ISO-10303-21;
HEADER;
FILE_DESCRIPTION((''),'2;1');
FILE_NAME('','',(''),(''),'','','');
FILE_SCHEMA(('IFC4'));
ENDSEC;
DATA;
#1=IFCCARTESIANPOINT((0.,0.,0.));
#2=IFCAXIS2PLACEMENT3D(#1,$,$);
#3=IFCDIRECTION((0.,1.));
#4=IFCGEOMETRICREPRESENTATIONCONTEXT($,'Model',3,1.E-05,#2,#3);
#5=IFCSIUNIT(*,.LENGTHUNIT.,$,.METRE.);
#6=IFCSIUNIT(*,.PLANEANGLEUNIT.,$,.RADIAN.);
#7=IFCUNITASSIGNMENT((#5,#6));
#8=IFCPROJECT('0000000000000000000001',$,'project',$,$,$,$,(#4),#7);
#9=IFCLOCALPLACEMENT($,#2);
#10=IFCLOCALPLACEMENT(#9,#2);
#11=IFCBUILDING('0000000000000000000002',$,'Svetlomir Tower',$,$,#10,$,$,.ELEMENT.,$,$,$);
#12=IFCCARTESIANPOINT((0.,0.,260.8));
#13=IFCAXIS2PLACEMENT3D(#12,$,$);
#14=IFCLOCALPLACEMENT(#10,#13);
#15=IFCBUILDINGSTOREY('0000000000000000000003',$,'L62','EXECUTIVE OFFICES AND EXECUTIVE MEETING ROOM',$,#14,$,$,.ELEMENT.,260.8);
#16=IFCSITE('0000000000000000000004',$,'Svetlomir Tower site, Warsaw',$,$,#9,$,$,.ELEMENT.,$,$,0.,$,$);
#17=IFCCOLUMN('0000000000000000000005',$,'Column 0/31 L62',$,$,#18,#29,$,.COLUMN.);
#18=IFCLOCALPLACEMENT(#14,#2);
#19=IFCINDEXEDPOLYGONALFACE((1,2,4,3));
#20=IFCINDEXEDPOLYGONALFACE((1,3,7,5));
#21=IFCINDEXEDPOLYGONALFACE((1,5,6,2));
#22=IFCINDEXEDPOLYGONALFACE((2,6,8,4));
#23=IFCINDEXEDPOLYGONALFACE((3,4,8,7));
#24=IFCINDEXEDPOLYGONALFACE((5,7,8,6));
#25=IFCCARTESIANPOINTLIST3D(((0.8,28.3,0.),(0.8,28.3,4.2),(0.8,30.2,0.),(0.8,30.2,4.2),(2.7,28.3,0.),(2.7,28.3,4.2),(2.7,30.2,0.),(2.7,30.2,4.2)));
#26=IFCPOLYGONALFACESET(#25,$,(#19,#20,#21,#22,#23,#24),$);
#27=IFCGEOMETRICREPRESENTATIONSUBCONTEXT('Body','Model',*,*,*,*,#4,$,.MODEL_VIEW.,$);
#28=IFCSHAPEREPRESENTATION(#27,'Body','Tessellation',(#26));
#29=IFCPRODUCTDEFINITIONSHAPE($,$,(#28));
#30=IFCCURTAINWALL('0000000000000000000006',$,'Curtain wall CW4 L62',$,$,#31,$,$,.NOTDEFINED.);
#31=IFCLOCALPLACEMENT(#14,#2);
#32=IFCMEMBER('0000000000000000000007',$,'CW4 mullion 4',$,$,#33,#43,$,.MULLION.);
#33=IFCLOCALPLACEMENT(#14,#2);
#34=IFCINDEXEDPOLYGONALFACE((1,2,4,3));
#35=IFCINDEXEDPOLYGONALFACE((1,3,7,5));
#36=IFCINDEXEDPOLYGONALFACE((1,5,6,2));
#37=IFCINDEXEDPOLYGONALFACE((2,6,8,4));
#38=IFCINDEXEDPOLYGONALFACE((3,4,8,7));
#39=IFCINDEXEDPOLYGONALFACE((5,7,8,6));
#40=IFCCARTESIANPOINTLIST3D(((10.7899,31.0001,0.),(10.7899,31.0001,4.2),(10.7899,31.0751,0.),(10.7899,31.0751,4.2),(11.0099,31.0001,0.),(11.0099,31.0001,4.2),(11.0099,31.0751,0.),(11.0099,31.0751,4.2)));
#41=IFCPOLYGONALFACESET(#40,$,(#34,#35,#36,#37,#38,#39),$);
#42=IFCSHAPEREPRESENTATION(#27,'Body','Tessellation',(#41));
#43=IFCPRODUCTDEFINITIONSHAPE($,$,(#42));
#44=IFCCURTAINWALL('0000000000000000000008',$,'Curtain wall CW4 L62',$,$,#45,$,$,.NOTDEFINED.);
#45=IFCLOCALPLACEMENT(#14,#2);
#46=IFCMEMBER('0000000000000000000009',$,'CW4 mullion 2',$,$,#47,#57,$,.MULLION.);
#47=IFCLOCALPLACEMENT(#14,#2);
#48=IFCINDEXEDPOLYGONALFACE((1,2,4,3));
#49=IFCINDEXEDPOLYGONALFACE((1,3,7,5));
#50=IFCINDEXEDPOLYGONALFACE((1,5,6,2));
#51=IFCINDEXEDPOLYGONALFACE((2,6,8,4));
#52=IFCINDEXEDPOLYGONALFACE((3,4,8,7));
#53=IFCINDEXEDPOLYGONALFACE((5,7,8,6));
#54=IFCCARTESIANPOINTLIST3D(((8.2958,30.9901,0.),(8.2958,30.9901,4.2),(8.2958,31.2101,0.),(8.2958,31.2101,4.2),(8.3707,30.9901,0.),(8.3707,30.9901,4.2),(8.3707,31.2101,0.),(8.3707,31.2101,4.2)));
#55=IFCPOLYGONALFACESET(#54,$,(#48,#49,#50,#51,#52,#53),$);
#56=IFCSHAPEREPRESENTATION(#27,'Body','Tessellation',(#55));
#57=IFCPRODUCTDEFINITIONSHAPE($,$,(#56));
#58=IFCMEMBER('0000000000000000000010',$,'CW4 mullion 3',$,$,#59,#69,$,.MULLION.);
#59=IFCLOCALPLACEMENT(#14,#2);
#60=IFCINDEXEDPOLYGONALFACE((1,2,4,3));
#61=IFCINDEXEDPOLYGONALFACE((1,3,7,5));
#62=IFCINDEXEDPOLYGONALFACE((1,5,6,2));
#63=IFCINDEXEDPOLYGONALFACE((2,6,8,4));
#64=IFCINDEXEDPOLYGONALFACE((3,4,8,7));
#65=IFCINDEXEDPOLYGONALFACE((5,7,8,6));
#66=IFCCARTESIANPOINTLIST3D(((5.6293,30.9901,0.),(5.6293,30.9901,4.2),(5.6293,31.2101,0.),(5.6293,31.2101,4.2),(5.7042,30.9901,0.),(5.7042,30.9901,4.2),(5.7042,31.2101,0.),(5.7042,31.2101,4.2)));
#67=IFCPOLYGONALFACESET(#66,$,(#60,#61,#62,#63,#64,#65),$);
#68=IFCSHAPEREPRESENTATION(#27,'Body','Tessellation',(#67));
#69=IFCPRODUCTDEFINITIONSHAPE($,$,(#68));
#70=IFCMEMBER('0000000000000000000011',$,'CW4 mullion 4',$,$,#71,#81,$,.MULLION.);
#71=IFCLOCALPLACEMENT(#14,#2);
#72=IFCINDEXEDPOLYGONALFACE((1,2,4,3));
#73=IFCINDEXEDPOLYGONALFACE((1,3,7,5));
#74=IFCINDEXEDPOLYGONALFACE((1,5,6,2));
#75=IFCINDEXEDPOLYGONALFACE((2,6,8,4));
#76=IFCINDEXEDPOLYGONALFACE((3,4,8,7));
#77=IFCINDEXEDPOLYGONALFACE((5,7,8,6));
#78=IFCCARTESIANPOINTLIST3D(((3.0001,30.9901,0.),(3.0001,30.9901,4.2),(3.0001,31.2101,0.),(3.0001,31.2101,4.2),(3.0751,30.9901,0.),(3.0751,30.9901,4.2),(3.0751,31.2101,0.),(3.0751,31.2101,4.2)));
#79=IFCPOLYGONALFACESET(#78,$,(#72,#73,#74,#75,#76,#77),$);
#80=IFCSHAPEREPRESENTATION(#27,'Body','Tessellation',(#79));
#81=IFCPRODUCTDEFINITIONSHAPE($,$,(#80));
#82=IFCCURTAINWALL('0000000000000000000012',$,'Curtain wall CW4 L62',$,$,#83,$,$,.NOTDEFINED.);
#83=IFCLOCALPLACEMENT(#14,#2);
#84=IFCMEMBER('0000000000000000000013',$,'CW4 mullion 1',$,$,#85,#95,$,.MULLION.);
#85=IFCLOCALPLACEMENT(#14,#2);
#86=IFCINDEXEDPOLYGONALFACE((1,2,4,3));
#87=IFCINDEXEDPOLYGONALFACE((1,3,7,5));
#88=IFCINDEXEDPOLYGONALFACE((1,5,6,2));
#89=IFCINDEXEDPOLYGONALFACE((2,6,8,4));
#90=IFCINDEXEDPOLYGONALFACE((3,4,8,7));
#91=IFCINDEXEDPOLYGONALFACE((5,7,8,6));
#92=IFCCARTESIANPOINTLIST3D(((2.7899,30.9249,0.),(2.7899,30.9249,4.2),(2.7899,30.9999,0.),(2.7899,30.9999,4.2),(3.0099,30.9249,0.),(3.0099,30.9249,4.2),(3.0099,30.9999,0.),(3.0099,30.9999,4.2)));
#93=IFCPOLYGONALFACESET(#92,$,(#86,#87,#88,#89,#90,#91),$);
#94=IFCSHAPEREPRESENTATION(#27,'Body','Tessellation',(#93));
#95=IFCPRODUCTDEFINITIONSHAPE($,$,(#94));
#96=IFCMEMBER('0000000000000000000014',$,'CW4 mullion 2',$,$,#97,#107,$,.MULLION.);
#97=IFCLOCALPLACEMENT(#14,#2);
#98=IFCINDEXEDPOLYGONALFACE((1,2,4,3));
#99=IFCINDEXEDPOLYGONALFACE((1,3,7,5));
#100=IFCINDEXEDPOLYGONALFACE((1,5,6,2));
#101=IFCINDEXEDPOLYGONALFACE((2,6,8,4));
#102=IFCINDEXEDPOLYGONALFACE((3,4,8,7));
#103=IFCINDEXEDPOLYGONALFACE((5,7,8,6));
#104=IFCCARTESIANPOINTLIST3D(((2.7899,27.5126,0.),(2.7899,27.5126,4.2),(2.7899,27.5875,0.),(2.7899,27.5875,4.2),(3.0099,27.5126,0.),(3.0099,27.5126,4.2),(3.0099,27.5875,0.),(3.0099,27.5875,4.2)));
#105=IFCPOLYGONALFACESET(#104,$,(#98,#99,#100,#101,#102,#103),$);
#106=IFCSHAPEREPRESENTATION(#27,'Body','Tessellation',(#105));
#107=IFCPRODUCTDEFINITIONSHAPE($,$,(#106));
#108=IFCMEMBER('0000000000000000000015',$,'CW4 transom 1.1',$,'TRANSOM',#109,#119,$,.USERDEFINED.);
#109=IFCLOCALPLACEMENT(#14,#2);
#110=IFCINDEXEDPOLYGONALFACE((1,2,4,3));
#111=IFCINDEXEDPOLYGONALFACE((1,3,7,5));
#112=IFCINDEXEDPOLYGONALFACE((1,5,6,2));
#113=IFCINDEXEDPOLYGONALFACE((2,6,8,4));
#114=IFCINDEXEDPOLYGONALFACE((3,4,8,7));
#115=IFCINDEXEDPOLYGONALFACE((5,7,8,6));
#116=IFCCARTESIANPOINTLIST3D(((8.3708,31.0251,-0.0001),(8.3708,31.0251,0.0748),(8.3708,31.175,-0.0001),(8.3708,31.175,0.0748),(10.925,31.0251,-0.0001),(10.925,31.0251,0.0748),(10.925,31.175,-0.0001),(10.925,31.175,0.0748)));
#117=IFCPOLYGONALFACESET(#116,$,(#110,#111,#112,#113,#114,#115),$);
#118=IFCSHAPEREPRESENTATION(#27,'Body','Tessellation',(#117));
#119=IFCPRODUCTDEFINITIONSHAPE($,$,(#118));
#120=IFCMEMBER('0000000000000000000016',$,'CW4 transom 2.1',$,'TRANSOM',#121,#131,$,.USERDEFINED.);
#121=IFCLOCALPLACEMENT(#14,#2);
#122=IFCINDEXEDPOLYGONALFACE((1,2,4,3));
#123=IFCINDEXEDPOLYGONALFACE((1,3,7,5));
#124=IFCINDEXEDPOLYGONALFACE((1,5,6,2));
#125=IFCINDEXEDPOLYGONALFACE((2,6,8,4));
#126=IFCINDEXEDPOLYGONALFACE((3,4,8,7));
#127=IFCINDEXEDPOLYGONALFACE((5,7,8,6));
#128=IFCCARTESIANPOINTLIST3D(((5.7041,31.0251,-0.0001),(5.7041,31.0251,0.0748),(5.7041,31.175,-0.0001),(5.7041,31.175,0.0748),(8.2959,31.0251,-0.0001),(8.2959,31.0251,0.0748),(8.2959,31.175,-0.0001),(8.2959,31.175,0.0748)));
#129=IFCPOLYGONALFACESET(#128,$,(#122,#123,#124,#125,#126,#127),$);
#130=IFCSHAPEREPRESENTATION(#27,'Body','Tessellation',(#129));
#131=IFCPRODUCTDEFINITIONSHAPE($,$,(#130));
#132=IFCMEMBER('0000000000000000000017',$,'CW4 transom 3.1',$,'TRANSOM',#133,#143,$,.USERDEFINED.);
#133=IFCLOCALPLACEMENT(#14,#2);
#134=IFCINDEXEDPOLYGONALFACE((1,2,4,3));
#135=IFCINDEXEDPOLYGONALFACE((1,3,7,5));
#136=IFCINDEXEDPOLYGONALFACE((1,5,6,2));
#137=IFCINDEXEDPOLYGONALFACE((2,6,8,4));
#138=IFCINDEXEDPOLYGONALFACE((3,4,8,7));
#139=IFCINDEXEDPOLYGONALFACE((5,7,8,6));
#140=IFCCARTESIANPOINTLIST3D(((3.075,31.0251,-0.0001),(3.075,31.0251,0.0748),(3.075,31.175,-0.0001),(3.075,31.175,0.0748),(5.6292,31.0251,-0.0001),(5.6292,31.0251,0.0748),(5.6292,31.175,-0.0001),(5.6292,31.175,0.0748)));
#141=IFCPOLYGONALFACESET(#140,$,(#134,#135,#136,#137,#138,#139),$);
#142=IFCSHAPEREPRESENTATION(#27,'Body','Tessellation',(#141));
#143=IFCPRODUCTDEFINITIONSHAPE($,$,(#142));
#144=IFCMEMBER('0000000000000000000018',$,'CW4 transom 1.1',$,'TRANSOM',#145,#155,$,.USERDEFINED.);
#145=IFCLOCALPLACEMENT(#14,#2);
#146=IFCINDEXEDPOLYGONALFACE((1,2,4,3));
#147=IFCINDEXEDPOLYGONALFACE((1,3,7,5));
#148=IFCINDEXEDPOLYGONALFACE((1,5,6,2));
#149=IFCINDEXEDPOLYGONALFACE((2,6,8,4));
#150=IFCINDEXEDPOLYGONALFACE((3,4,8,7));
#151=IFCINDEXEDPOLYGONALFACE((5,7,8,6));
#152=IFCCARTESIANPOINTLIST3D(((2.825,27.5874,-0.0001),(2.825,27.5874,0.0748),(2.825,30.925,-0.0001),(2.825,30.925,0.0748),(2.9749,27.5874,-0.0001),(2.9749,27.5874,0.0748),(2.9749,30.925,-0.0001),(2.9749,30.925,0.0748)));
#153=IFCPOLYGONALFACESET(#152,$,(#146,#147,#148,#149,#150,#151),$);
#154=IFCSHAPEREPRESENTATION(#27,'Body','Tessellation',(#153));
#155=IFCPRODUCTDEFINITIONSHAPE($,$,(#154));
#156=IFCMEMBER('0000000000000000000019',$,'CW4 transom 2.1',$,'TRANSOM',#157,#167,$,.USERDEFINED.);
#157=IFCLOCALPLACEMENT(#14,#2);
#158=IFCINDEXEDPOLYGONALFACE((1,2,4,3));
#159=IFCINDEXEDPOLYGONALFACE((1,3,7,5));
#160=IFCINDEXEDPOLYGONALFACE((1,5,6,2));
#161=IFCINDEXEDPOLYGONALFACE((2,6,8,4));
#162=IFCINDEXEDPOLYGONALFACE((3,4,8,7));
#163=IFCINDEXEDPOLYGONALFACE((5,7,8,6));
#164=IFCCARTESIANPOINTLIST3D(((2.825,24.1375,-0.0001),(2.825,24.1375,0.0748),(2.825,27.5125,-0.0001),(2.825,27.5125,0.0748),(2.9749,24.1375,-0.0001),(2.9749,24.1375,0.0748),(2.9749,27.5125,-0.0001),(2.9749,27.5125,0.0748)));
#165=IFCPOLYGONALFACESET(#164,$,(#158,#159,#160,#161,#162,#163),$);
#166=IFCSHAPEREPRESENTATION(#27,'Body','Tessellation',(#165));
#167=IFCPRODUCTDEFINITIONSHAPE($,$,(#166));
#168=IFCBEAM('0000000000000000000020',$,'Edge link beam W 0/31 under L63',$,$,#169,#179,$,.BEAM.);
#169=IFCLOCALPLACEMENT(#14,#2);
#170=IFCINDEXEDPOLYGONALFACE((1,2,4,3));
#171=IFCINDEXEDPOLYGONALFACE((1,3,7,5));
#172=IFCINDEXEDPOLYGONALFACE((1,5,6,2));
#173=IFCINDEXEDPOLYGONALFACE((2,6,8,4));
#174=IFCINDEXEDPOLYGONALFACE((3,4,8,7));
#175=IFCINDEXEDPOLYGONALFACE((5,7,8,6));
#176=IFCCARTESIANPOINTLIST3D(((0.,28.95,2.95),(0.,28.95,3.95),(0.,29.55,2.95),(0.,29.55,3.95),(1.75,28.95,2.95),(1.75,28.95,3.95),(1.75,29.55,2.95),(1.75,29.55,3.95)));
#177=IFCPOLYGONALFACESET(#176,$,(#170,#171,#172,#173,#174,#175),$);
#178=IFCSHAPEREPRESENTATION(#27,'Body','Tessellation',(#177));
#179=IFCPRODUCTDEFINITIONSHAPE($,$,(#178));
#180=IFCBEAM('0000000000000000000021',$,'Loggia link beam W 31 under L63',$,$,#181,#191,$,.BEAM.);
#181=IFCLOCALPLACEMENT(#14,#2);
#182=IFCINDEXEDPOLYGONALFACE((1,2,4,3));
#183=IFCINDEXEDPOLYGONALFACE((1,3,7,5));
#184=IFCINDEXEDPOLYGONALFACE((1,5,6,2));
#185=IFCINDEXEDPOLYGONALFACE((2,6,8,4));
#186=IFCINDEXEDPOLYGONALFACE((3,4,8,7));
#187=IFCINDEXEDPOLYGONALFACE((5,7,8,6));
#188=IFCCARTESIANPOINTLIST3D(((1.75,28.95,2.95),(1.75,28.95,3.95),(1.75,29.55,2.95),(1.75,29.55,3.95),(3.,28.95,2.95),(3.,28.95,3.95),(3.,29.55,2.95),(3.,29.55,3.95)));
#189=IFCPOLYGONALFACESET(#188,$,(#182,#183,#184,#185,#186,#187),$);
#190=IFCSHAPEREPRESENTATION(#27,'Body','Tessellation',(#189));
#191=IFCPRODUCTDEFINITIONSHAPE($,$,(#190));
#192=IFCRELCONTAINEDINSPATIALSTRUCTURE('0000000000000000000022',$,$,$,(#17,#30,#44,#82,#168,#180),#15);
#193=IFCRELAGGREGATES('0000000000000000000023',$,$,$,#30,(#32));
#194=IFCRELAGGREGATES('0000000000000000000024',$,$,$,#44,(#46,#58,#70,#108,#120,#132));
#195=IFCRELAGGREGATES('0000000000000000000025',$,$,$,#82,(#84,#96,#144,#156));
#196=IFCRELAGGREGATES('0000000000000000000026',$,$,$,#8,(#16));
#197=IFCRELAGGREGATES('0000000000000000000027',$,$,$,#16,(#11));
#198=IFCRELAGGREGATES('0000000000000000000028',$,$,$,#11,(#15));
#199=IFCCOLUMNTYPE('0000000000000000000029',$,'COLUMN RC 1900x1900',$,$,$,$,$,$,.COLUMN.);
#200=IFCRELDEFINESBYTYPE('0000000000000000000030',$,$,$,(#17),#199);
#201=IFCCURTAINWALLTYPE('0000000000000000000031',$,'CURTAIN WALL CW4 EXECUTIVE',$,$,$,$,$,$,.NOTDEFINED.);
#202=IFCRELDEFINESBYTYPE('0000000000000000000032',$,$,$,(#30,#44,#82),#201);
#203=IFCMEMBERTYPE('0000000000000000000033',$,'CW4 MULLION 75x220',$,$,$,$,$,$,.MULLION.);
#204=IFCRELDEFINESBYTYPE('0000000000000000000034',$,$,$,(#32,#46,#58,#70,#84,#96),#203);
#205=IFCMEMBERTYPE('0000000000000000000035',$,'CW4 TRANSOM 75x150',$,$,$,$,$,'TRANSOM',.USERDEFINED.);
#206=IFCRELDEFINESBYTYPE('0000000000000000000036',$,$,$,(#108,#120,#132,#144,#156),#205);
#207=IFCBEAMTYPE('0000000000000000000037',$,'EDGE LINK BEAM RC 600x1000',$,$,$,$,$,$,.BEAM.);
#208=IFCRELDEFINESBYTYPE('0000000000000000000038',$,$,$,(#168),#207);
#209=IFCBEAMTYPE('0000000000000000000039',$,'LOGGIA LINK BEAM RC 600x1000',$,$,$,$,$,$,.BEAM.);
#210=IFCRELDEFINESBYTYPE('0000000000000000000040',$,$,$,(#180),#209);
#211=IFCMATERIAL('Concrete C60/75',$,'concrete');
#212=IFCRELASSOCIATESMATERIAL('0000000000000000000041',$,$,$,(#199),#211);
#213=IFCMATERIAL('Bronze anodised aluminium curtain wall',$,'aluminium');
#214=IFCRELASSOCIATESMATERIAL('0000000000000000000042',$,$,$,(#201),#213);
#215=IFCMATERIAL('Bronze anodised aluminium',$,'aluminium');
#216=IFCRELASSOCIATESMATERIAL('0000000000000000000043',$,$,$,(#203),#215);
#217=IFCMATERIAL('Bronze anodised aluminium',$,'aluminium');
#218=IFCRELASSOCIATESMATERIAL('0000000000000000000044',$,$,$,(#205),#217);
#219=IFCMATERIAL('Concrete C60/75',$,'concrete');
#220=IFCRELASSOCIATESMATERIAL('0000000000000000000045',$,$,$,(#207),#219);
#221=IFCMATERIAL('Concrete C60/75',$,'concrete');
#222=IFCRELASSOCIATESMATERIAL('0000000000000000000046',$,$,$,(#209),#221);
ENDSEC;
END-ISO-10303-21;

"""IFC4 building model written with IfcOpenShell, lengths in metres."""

from ifc_helpers import new_model, si_unit, direction, frame, origin, origin_2d, place, context, subcontext, project, spatial, rectangle, extrude, material, material_profile, profile_set, type_object, element, aggregate, save


model = new_model("IFC4")

# Units and contexts
model_context = context("Model", 3, precision=1e-05, world=origin(), true_north=direction((0.0, 1.0)))
body_context = subcontext(model_context, "Body", "Model", "MODEL_VIEW")
ifc_project = project(units=[si_unit("LENGTHUNIT", "METRE"), si_unit("PLANEANGLEUNIT", "RADIAN")], contexts=[model_context])

# Site, building, storey
site_placement = place(None, origin())
site = spatial("IfcSite", under=ifc_project, at=site_placement, Name="Svetlomir Tower site, Warsaw", CompositionType="ELEMENT", RefElevation=0.0)
building_placement = place(site_placement, origin())
building = spatial("IfcBuilding", under=site, at=building_placement, Name="Svetlomir Tower", CompositionType="ELEMENT")
storey_placement = place(building_placement, frame((0.0, 0.0, 260.8)))
storey = spatial("IfcBuildingStorey", under=building, at=storey_placement, Name="L62", Description="EXECUTIVE OFFICES AND EXECUTIVE MEETING ROOM", CompositionType="ELEMENT", Elevation=260.8)

# Column
ifc_material_1 = material(Name="Concrete C60/75", Category="concrete")
ifc_material_profile_1 = material_profile(ifc_material_1, rectangle(XDim=1.8999, YDim=1.8999, at=origin_2d()), Name="RC 1900x1900")
ifc_profile_set_1 = profile_set([ifc_material_profile_1], Name="Concrete C60/75")
column_type = type_object("IfcColumnType", Name="COLUMN RC 1900x1900", PredefinedType="COLUMN", material=ifc_profile_set_1)
column_placement = place(storey_placement, frame((1.75, 29.25, 0.0), z_axis=(0.0, 0.0, 1.0), x_axis=(1.0, 0.0, 0.0)))
element("IfcColumn", 1, at=column_placement, inside=storey, type_object=column_type, Name="Column 0/31 L62", PredefinedType="COLUMN", context=body_context, shape_type="SweptSolid", body=[
    extrude(rectangle(XDim=1.8999, YDim=1.8999, at=origin_2d()), origin(), (0.0, 0.0, 1.0), 4.2),
])

# Curtain wall, member
ifc_material_2 = material(Name="Bronze anodised aluminium curtain wall", Category="aluminium")
curtain_wall_type = type_object("IfcCurtainWallType", Name="CURTAIN WALL CW4 EXECUTIVE", PredefinedType="NOTDEFINED", material=ifc_material_2)
curtain_wall_1_placement = place(storey_placement, origin())
curtain_wall_1 = element("IfcCurtainWall", 2, at=curtain_wall_1_placement, inside=storey, type_object=curtain_wall_type, Name="Curtain wall CW4 L62", PredefinedType="NOTDEFINED")
ifc_material_3 = material(Name="Bronze anodised aluminium", Category="aluminium")
ifc_material_profile_2 = material_profile(ifc_material_3, rectangle(XDim=0.075, YDim=0.22, at=origin_2d()), Name="AL 75x220")
ifc_profile_set_2 = profile_set([ifc_material_profile_2], Name="Bronze anodised aluminium 6063-T6")
member_type_1 = type_object("IfcMemberType", Name="CW4 MULLION 75x220", PredefinedType="MULLION", material=ifc_profile_set_2)
member_1_placement = place(storey_placement, frame((10.8999, 31.0376, 0.0), z_axis=(0.0, 0.0, 1.0), x_axis=(0.0, -1.0, 0.0)))
member_1 = element("IfcMember", 3, at=member_1_placement, type_object=member_type_1, Name="CW4 mullion 4", PredefinedType="MULLION", context=body_context, shape_type="SweptSolid", body=[
    extrude(rectangle(XDim=0.075, YDim=0.22, at=origin_2d()), origin(), (0.0, 0.0, 1.0), 4.2),
])
aggregate(curtain_wall_1, [member_1])

# Curtain walls, members
curtain_wall_2_placement = place(storey_placement, origin())
curtain_wall_2 = element("IfcCurtainWall", 4, at=curtain_wall_2_placement, inside=storey, type_object=curtain_wall_type, Name="Curtain wall CW4 L62", PredefinedType="NOTDEFINED")
member_2_placement = place(storey_placement, frame((8.3333, 31.1001, 0.0), z_axis=(0.0, 0.0, 1.0), x_axis=(-1.0, 0.0, 0.0)))
member_2 = element("IfcMember", 5, at=member_2_placement, type_object=member_type_1, Name="CW4 mullion 2", PredefinedType="MULLION", context=body_context, shape_type="SweptSolid", body=[
    extrude(rectangle(XDim=0.075, YDim=0.22, at=origin_2d()), origin(), (0.0, 0.0, 1.0), 4.2),
])
member_3_placement = place(storey_placement, frame((5.6667, 31.1001, 0.0), z_axis=(0.0, 0.0, 1.0), x_axis=(-1.0, 0.0, 0.0)))
member_3 = element("IfcMember", 6, at=member_3_placement, type_object=member_type_1, Name="CW4 mullion 3", PredefinedType="MULLION", context=body_context, shape_type="SweptSolid", body=[
    extrude(rectangle(XDim=0.075, YDim=0.22, at=origin_2d()), origin(), (0.0, 0.0, 1.0), 4.2),
])
member_4_placement = place(storey_placement, frame((3.0376, 31.1001, 0.0), z_axis=(0.0, 0.0, 1.0), x_axis=(-1.0, 0.0, 0.0)))
member_4 = element("IfcMember", 7, at=member_4_placement, type_object=member_type_1, Name="CW4 mullion 4", PredefinedType="MULLION", context=body_context, shape_type="SweptSolid", body=[
    extrude(rectangle(XDim=0.075, YDim=0.22, at=origin_2d()), origin(), (0.0, 0.0, 1.0), 4.2),
])
curtain_wall_3_placement = place(storey_placement, origin())
curtain_wall_3 = element("IfcCurtainWall", 8, at=curtain_wall_3_placement, inside=storey, type_object=curtain_wall_type, Name="Curtain wall CW4 L62", PredefinedType="NOTDEFINED")
member_5_placement = place(storey_placement, frame((2.8999, 30.9624, 0.0), z_axis=(0.0, 0.0, 1.0), x_axis=(0.0, -1.0, 0.0)))
member_5 = element("IfcMember", 9, at=member_5_placement, type_object=member_type_1, Name="CW4 mullion 1", PredefinedType="MULLION", context=body_context, shape_type="SweptSolid", body=[
    extrude(rectangle(XDim=0.075, YDim=0.22, at=origin_2d()), origin(), (0.0, 0.0, 1.0), 4.2),
])
member_6_placement = place(storey_placement, frame((2.8999, 27.55, 0.0), z_axis=(0.0, 0.0, 1.0), x_axis=(0.0, -1.0, 0.0)))
member_6 = element("IfcMember", 10, at=member_6_placement, type_object=member_type_1, Name="CW4 mullion 2", PredefinedType="MULLION", context=body_context, shape_type="SweptSolid", body=[
    extrude(rectangle(XDim=0.075, YDim=0.22, at=origin_2d()), origin(), (0.0, 0.0, 1.0), 4.2),
])

# Members
ifc_material_4 = material(Name="Bronze anodised aluminium", Category="aluminium")
ifc_material_profile_3 = material_profile(ifc_material_4, rectangle(XDim=0.1499, YDim=0.075, at=origin_2d()), Name="AL 150x75")
ifc_profile_set_3 = profile_set([ifc_material_profile_3], Name="Bronze anodised aluminium 6063-T6")
member_type_2 = type_object("IfcMemberType", Name="CW4 TRANSOM 75x150", ElementType="TRANSOM", PredefinedType="USERDEFINED", material=ifc_profile_set_3)
member_7_placement = place(storey_placement, frame((10.925, 31.1001, 0.0374), z_axis=(-1.0, 0.0, 0.0), x_axis=(0.0, -1.0, 0.0)))
member_7 = element("IfcMember", 11, at=member_7_placement, type_object=member_type_2, Name="CW4 transom 1.1", ObjectType="TRANSOM", PredefinedType="USERDEFINED", context=body_context, shape_type="SweptSolid", body=[
    extrude(rectangle(XDim=0.1499, YDim=0.075, at=origin_2d()), origin(), (0.0, 0.0, 1.0), 2.5542),
])
member_8_placement = place(storey_placement, frame((8.2959, 31.1001, 0.0374), z_axis=(-1.0, 0.0, 0.0), x_axis=(0.0, -1.0, 0.0)))
member_8 = element("IfcMember", 12, at=member_8_placement, type_object=member_type_2, Name="CW4 transom 2.1", ObjectType="TRANSOM", PredefinedType="USERDEFINED", context=body_context, shape_type="SweptSolid", body=[
    extrude(rectangle(XDim=0.1499, YDim=0.075, at=origin_2d()), origin(), (0.0, 0.0, 1.0), 2.5918),
])
member_9_placement = place(storey_placement, frame((5.6292, 31.1001, 0.0374), z_axis=(-1.0, 0.0, 0.0), x_axis=(0.0, -1.0, 0.0)))
member_9 = element("IfcMember", 13, at=member_9_placement, type_object=member_type_2, Name="CW4 transom 3.1", ObjectType="TRANSOM", PredefinedType="USERDEFINED", context=body_context, shape_type="SweptSolid", body=[
    extrude(rectangle(XDim=0.1499, YDim=0.075, at=origin_2d()), origin(), (0.0, 0.0, 1.0), 2.5542),
])
member_10_placement = place(storey_placement, frame((2.8999, 30.925, 0.0374), z_axis=(0.0, -1.0, 0.0), x_axis=(1.0, 0.0, 0.0)))
member_10 = element("IfcMember", 14, at=member_10_placement, type_object=member_type_2, Name="CW4 transom 1.1", ObjectType="TRANSOM", PredefinedType="USERDEFINED", context=body_context, shape_type="SweptSolid", body=[
    extrude(rectangle(XDim=0.1499, YDim=0.075, at=origin_2d()), origin(), (0.0, 0.0, 1.0), 3.3376),
])
member_11_placement = place(storey_placement, frame((2.8999, 27.5125, 0.0374), z_axis=(0.0, -1.0, 0.0), x_axis=(1.0, 0.0, 0.0)))
member_11 = element("IfcMember", 15, at=member_11_placement, type_object=member_type_2, Name="CW4 transom 2.1", ObjectType="TRANSOM", PredefinedType="USERDEFINED", context=body_context, shape_type="SweptSolid", body=[
    extrude(rectangle(XDim=0.1499, YDim=0.075, at=origin_2d()), origin(), (0.0, 0.0, 1.0), 3.375),
])

# Beams
ifc_material_5 = material(Name="Concrete C60/75", Category="concrete")
ifc_material_profile_4 = material_profile(ifc_material_5, rectangle(XDim=0.6001, YDim=1.0, at=origin_2d()), Name="RC 600x1000")
ifc_profile_set_4 = profile_set([ifc_material_profile_4], Name="Concrete C60/75")
beam_type_1 = type_object("IfcBeamType", Name="EDGE LINK BEAM RC 600x1000", PredefinedType="BEAM", material=ifc_profile_set_4)
beam_1_placement = place(storey_placement, frame((1.75, 29.25, 3.45), z_axis=(-1.0, 0.0, 0.0), x_axis=(0.0, -1.0, 0.0)))
element("IfcBeam", 16, at=beam_1_placement, inside=storey, type_object=beam_type_1, Name="Edge link beam W 0/31 under L63", PredefinedType="BEAM", context=body_context, shape_type="SweptSolid", body=[
    extrude(rectangle(XDim=0.6001, YDim=1.0, at=origin_2d()), origin(), (0.0, 0.0, 1.0), 1.75),
])
ifc_material_6 = material(Name="Concrete C60/75", Category="concrete")
ifc_material_profile_5 = material_profile(ifc_material_6, rectangle(XDim=0.6001, YDim=1.0, at=origin_2d()), Name="RC 600x1000")
ifc_profile_set_5 = profile_set([ifc_material_profile_5], Name="Concrete C60/75")
beam_type_2 = type_object("IfcBeamType", Name="LOGGIA LINK BEAM RC 600x1000", PredefinedType="BEAM", material=ifc_profile_set_5)
beam_2_placement = place(storey_placement, frame((1.75, 29.25, 3.45), z_axis=(1.0, 0.0, 0.0), x_axis=(0.0, 1.0, 0.0)))
element("IfcBeam", 17, at=beam_2_placement, inside=storey, type_object=beam_type_2, Name="Loggia link beam W 31 under L63", PredefinedType="BEAM", context=body_context, shape_type="SweptSolid", body=[
    extrude(rectangle(XDim=0.6001, YDim=1.0, at=origin_2d()), origin(), (0.0, 0.0, 1.0), 1.25),
])

aggregate(curtain_wall_2, [member_2, member_3, member_4, member_7, member_8, member_9])
aggregate(curtain_wall_3, [member_5, member_6, member_10, member_11])

save(model, "model.ifc")
